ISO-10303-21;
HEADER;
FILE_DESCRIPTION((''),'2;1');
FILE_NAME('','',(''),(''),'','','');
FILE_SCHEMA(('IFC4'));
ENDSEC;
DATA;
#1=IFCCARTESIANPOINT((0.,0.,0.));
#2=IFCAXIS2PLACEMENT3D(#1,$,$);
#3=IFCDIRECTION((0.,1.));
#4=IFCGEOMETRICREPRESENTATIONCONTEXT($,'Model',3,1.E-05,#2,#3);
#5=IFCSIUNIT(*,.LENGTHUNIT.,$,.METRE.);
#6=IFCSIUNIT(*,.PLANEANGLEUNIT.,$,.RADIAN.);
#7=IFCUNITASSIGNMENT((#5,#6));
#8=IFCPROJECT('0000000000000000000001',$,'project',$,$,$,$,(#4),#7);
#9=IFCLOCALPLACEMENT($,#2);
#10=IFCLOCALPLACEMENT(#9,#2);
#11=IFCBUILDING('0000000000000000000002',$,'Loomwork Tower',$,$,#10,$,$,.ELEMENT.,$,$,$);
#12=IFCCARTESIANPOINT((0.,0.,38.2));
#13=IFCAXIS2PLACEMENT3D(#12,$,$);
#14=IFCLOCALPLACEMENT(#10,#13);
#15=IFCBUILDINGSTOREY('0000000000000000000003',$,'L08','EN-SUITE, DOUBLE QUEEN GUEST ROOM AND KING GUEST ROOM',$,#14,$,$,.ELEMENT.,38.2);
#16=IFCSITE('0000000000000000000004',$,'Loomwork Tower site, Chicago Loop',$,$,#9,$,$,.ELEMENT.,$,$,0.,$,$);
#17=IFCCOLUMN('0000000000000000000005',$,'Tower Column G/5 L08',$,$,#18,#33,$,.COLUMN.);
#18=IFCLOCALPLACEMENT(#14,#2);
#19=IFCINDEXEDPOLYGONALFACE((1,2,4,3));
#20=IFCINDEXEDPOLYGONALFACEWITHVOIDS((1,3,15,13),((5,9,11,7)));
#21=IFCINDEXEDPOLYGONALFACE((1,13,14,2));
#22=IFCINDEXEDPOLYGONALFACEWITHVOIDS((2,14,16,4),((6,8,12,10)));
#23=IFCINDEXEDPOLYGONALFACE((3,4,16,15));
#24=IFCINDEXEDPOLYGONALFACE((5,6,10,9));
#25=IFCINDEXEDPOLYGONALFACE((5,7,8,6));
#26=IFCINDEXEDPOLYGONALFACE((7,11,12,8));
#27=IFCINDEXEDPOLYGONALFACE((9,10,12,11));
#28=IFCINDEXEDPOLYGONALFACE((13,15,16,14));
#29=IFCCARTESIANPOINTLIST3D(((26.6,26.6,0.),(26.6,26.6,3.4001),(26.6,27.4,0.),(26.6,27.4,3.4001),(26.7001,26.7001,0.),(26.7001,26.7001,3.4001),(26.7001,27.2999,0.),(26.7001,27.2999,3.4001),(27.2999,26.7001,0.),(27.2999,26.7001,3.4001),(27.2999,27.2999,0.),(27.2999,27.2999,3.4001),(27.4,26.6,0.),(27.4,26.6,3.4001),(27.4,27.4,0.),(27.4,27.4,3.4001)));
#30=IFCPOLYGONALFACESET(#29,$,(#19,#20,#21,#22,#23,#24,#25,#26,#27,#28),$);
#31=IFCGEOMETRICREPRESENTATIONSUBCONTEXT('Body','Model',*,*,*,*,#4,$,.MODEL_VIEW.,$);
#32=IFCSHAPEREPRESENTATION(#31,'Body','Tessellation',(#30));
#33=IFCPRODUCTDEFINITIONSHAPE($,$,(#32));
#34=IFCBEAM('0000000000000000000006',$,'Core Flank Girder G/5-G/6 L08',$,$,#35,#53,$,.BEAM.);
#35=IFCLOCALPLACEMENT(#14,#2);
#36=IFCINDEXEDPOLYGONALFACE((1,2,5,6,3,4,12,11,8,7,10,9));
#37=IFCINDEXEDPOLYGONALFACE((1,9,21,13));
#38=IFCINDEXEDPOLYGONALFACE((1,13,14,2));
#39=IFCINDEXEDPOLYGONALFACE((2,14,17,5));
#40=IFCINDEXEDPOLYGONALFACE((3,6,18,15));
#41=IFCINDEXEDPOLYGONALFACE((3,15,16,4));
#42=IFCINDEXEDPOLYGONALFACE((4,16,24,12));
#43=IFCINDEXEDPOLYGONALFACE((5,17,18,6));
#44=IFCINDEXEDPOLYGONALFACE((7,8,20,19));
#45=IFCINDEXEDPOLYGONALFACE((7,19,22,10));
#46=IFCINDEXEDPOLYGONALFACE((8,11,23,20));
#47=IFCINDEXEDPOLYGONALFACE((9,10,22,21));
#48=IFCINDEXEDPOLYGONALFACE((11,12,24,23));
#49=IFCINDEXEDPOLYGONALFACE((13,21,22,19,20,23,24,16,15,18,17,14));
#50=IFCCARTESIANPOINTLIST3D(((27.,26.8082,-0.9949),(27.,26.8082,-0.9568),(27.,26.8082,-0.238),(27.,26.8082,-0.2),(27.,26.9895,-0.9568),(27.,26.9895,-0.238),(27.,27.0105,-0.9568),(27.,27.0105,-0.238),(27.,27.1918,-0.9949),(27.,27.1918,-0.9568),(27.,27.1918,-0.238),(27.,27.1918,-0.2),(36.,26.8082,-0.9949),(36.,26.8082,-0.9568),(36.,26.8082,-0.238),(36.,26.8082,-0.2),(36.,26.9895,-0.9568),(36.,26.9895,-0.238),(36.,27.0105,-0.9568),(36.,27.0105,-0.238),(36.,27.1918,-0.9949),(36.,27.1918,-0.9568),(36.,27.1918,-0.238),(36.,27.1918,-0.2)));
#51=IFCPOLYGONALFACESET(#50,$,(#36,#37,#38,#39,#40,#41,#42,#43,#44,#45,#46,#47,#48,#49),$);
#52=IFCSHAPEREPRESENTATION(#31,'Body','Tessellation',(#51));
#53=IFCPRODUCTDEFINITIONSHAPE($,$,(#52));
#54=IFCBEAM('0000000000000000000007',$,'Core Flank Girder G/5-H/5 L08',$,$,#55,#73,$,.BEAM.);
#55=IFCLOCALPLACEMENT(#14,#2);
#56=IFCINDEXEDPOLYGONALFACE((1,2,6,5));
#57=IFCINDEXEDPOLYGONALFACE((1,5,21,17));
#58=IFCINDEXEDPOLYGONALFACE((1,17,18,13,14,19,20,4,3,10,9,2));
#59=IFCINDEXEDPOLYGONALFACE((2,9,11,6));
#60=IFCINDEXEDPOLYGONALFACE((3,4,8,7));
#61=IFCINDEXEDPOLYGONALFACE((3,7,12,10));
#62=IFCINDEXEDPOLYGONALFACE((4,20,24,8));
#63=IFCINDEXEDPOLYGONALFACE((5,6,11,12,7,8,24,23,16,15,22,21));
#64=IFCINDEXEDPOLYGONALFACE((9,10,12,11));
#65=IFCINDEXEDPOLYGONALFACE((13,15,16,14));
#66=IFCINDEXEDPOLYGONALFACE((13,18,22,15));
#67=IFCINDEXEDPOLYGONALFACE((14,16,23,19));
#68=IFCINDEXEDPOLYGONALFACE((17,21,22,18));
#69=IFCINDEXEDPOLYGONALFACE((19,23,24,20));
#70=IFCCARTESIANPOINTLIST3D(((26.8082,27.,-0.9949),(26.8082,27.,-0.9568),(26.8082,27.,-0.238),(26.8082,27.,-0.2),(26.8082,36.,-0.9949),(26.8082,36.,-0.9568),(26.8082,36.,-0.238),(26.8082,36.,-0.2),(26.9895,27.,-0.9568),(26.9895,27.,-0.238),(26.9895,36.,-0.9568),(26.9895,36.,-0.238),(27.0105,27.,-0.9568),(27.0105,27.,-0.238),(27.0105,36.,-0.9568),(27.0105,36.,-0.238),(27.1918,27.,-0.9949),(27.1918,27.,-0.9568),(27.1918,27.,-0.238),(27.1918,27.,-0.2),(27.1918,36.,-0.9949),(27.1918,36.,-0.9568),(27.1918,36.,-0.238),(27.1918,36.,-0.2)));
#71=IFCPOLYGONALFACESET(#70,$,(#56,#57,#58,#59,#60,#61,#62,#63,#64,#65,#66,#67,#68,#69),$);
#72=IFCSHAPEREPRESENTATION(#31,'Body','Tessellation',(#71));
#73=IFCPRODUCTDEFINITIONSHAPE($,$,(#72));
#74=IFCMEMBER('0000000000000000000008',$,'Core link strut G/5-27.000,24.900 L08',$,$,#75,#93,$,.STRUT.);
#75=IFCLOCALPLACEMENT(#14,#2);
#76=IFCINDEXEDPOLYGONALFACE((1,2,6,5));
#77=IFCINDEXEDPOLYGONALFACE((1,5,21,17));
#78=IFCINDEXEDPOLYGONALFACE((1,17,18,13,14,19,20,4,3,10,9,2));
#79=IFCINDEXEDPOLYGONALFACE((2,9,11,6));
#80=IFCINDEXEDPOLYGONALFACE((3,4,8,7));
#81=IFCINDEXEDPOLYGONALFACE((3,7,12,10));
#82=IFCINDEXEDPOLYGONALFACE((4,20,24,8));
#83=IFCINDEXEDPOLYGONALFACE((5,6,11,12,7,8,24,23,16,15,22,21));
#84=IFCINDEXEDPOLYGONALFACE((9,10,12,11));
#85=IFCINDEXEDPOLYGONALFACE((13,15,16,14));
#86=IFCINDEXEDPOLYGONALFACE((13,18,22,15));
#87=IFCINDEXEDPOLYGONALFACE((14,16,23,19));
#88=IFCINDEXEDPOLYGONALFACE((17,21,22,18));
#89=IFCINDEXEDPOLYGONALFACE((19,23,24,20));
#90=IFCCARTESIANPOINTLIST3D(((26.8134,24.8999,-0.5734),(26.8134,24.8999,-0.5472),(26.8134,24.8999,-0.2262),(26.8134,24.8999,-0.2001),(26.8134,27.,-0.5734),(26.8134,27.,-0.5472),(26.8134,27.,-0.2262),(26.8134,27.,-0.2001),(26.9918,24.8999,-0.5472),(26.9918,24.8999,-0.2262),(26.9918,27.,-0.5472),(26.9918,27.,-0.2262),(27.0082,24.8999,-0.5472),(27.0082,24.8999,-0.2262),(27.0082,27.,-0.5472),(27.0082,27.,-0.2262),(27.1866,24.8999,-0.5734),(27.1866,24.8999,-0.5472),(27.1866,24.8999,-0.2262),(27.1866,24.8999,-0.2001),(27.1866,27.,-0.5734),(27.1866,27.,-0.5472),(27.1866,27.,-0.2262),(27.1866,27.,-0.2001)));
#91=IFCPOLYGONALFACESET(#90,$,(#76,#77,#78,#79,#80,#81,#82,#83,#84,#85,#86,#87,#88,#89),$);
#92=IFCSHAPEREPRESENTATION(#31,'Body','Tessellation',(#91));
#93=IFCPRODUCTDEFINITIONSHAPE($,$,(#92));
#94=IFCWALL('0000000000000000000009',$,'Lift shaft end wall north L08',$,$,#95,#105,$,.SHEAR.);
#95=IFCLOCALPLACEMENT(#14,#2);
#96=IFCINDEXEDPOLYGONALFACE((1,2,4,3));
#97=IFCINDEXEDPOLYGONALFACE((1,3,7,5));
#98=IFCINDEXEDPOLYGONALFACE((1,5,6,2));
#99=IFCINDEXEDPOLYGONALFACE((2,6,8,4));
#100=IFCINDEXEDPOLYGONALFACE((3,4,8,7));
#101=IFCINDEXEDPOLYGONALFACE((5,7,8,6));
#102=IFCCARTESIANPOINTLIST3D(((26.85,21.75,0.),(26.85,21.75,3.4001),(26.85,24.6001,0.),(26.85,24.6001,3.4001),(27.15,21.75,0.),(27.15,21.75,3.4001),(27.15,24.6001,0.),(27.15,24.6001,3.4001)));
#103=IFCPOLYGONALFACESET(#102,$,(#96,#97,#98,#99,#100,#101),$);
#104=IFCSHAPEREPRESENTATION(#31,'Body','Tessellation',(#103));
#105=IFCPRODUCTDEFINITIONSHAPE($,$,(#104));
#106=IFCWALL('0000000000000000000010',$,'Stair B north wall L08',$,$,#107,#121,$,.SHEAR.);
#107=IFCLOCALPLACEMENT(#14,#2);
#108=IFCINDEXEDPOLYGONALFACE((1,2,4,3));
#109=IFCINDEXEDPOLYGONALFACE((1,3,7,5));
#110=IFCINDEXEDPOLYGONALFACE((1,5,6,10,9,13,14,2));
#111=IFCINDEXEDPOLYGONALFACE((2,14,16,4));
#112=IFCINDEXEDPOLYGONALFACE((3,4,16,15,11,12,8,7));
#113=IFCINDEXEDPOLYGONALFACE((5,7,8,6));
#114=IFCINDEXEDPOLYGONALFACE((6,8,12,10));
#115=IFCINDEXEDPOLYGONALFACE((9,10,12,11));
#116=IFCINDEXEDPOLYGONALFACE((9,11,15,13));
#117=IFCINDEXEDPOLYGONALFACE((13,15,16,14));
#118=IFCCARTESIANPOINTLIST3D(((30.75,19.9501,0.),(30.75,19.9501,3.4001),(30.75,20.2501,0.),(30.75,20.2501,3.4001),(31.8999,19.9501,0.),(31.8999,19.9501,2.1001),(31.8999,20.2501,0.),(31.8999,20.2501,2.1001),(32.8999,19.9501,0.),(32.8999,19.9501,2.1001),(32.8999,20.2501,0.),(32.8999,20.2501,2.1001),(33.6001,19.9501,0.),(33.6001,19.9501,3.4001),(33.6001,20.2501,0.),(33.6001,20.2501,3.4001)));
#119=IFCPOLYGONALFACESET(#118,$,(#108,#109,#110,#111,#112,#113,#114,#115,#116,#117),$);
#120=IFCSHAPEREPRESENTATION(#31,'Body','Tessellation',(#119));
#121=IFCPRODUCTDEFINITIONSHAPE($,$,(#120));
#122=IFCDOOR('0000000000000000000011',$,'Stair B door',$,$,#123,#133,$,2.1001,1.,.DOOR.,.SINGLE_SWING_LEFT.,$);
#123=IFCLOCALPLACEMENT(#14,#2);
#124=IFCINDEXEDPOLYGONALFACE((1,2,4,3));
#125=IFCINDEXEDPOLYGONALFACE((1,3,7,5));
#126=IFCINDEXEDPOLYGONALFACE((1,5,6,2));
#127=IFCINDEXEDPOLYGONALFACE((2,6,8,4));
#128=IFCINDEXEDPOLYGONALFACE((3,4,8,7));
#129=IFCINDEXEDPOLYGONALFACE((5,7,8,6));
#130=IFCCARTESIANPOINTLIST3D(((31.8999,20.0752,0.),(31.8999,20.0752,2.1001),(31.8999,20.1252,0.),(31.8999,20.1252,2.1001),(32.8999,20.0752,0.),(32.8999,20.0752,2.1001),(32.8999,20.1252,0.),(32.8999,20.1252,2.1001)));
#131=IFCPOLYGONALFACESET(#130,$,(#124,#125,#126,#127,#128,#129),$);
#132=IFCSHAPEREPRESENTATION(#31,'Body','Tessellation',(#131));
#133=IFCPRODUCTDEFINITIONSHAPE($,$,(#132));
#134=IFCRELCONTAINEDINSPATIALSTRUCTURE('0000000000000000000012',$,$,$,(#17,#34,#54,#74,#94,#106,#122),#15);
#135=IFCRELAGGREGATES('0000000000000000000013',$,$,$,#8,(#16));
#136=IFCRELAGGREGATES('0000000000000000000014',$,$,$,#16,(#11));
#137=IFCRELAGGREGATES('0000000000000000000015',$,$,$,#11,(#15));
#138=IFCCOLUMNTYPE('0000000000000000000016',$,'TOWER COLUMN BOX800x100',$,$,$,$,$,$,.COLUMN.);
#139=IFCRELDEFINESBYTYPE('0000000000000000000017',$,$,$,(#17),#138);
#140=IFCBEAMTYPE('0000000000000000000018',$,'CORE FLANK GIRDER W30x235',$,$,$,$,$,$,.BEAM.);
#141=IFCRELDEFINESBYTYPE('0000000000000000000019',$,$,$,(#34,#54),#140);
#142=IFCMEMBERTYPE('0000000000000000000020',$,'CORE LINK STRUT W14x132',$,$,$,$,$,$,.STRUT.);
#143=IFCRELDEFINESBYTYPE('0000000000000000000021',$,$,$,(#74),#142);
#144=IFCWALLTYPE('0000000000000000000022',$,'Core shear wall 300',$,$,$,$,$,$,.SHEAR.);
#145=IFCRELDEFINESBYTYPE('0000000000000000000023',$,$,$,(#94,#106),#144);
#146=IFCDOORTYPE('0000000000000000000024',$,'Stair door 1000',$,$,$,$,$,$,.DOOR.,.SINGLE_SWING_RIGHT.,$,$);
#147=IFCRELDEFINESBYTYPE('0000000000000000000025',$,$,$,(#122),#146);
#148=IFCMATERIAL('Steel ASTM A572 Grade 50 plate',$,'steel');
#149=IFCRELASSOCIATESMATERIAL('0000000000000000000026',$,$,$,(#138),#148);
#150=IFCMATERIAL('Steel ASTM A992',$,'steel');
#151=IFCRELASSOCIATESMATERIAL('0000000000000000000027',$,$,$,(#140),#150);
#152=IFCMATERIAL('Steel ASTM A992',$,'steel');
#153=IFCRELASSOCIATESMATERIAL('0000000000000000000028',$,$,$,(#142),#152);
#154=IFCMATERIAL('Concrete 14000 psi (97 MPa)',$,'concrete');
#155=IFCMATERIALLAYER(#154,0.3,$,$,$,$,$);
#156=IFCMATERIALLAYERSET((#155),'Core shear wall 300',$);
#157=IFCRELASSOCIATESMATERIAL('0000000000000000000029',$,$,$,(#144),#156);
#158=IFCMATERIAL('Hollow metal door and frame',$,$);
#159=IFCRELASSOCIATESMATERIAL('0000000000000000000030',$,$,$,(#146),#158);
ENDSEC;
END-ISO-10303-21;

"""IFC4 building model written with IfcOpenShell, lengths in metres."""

from ifc_helpers import new_model, si_unit, direction, frame, frame_2d, origin, origin_2d, place, context, subcontext, project, spatial, rectangle, hollow_rectangle, i_section, extrude, material, layer, layer_set, material_profile, profile_set, type_object, element, fill, save


model = new_model("IFC4")

# Units and contexts
model_context = context("Model", 3, precision=1e-05, world=origin(), true_north=direction((0.0, 1.0)))
body_context = subcontext(model_context, "Body", "Model", "MODEL_VIEW")
ifc_project = project(units=[si_unit("LENGTHUNIT", "METRE"), si_unit("PLANEANGLEUNIT", "RADIAN")], contexts=[model_context])

# Site, building, storey
site_placement = place(None, origin())
site = spatial("IfcSite", under=ifc_project, at=site_placement, Name="Loomwork Tower site, Chicago Loop", CompositionType="ELEMENT", RefElevation=0.0)
building_placement = place(site_placement, origin())
building = spatial("IfcBuilding", under=site, at=building_placement, Name="Loomwork Tower", CompositionType="ELEMENT")
storey_placement = place(building_placement, frame((0.0, 0.0, 38.2)))
storey = spatial("IfcBuildingStorey", under=building, at=storey_placement, Name="L08", Description="EN-SUITE, DOUBLE QUEEN GUEST ROOM AND KING GUEST ROOM", CompositionType="ELEMENT", Elevation=38.2)

# Column
ifc_material_1 = material(Name="Steel ASTM A572 Grade 50 plate", Category="steel")
ifc_material_profile_1 = material_profile(ifc_material_1, hollow_rectangle(XDim=0.8, YDim=0.8, WallThickness=0.1001, at=origin_2d()), Name="BOX800x100")
ifc_profile_set_1 = profile_set([ifc_material_profile_1], Name="Steel ASTM A572 Grade 50 plate")
column_type = type_object("IfcColumnType", Name="TOWER COLUMN BOX800x100", PredefinedType="COLUMN", material=ifc_profile_set_1)
column_placement = place(storey_placement, frame((27.0, 27.0, 0.0), z_axis=(0.0, 0.0, 1.0), x_axis=(1.0, 0.0, 0.0)))
element("IfcColumn", 1, at=column_placement, inside=storey, type_object=column_type, Name="Tower Column G/5 L08", PredefinedType="COLUMN", context=body_context, shape_type="SweptSolid", body=[
    extrude(hollow_rectangle(XDim=0.8, YDim=0.8, WallThickness=0.1001, at=origin_2d()), origin(), (0.0, 0.0, 1.0), 3.4001),
])

# Beams
ifc_material_2 = material(Name="Steel ASTM A992", Category="steel")
ifc_material_profile_2 = material_profile(ifc_material_2, i_section(OverallWidth=0.3835, OverallDepth=0.7949, WebThickness=0.021, FlangeThickness=0.0381, at=origin_2d()), Name="W30x235")
ifc_profile_set_2 = profile_set([ifc_material_profile_2], Name="Steel ASTM A992")
beam_type = type_object("IfcBeamType", Name="CORE FLANK GIRDER W30x235", PredefinedType="BEAM", material=ifc_profile_set_2)
for number, where, z_axis, x_axis, name in (
    (2, (27.0, 27.0, -0.5974), (1.0, 0.0, 0.0), (0.0, 1.0, 0.0), "Core Flank Girder G/5-G/6 L08"),
    (3, (27.0, 27.0, -0.5974), (0.0, 1.0, 0.0), (-1.0, 0.0, 0.0), "Core Flank Girder G/5-H/5 L08"),
):
    element("IfcBeam", number, at=place(storey_placement, frame(where, z_axis=z_axis, x_axis=x_axis)), inside=storey, type_object=beam_type, Name=name, PredefinedType="BEAM", context=body_context, shape_type="SweptSolid", body=[
        extrude(i_section(OverallWidth=0.3835, OverallDepth=0.7949, WebThickness=0.021, FlangeThickness=0.0381, at=origin_2d()), origin(), (0.0, 0.0, 1.0), 9.0),
    ])

# Member
ifc_material_3 = material(Name="Steel ASTM A992", Category="steel")
ifc_material_profile_3 = material_profile(ifc_material_3, i_section(OverallWidth=0.3733, OverallDepth=0.3733, WebThickness=0.0164, FlangeThickness=0.0261, at=origin_2d()), Name="W14x132")
ifc_profile_set_3 = profile_set([ifc_material_profile_3], Name="Steel ASTM A992")
member_type = type_object("IfcMemberType", Name="CORE LINK STRUT W14x132", PredefinedType="STRUT", material=ifc_profile_set_3)
member_placement = place(storey_placement, frame((27.0, 27.0, -0.3867), z_axis=(0.0, -1.0, 0.0), x_axis=(1.0, 0.0, 0.0)))
element("IfcMember", 4, at=member_placement, inside=storey, type_object=member_type, Name="Core link strut G/5-27.000,24.900 L08", PredefinedType="STRUT", context=body_context, shape_type="SweptSolid", body=[
    extrude(i_section(OverallWidth=0.3733, OverallDepth=0.3733, WebThickness=0.0164, FlangeThickness=0.0261, at=origin_2d()), origin(), (0.0, 0.0, 1.0), 2.1001),
])

# Wall
ifc_material_4 = material(Name="Concrete 14000 psi (97 MPa)", Category="concrete")
ifc_layer_1 = layer(ifc_material_4, 0.3)
ifc_layer_set_1 = layer_set([ifc_layer_1], Name="Core shear wall 300")
wall_type_1 = type_object("IfcWallType", Name="Core shear wall 300", PredefinedType="SHEAR", material=ifc_layer_set_1)
wall_1_placement = place(storey_placement, frame((27.0, 21.75, 0.0), z_axis=(0.0, 0.0, 1.0), x_axis=(0.0, 1.0, 0.0)))
element("IfcWall", 5, at=wall_1_placement, inside=storey, type_object=wall_type_1, Name="Lift shaft end wall north L08", PredefinedType="SHEAR", context=body_context, shape_type="SweptSolid", body=[
    extrude(rectangle(XDim=2.8501, YDim=0.3, at=frame_2d((1.425, 0.0))), origin(), (0.0, 0.0, 1.0), 3.4001),
])

# Wall, opening, door
wall_2_placement = place(storey_placement, frame((30.75, 20.1001, 0.0), z_axis=(0.0, 0.0, 1.0), x_axis=(1.0, 0.0, 0.0)))
wall_2 = element("IfcWall", 6, at=wall_2_placement, inside=storey, type_object=wall_type_1, Name="Stair B north wall L08", PredefinedType="SHEAR", context=body_context, shape_type="SweptSolid", body=[
    extrude(rectangle(XDim=2.8501, YDim=0.3, at=frame_2d((1.425, 0.0))), origin(), (0.0, 0.0, 1.0), 3.4001),
])
opening_1_placement = place(wall_2_placement, frame((1.1499, 0.0, 0.0)))
opening_1 = element("IfcOpeningElement", 7, at=opening_1_placement, cuts=wall_2, PredefinedType="OPENING", context=body_context, shape_type="SweptSolid", body=[
    extrude(rectangle(XDim=1.0, YDim=2.1001, at=frame_2d((0.5, 1.05))), frame((0.0, 0.1599, 0.0), z_axis=(0.0, -1.0, 0.0), x_axis=(1.0, 0.0, 0.0)), (0.0, 0.0, 1.0), 0.3201),
])
ifc_material_5 = material(Name="Hollow metal door and frame")
door_type_1 = type_object("IfcDoorType", Name="Stair door 1000", OperationType="SINGLE_SWING_RIGHT", PredefinedType="DOOR", material=ifc_material_5)
door_1_placement = place(opening_1_placement, frame((1.0, 0.0, 0.0), z_axis=(0.0, 0.0, 1.0), x_axis=(-1.0, 0.0, 0.0)))
door_1 = element("IfcDoor", 8, at=door_1_placement, inside=storey, type_object=door_type_1, Name="Stair B door", OperationType="SINGLE_SWING_LEFT", OverallHeight=2.1001, OverallWidth=1.0, PredefinedType="DOOR", context=body_context, shape_type="SweptSolid", body=[
    extrude(rectangle(XDim=1.0, YDim=2.1001, at=frame_2d((0.5, 1.05))), frame((0.0, 0.0249, 0.0), z_axis=(0.0, -1.0, 0.0), x_axis=(1.0, 0.0, 0.0)), (0.0, 0.0, 1.0), 0.05),
])
fill(opening_1, door_1)

save(model, "model.ifc")
